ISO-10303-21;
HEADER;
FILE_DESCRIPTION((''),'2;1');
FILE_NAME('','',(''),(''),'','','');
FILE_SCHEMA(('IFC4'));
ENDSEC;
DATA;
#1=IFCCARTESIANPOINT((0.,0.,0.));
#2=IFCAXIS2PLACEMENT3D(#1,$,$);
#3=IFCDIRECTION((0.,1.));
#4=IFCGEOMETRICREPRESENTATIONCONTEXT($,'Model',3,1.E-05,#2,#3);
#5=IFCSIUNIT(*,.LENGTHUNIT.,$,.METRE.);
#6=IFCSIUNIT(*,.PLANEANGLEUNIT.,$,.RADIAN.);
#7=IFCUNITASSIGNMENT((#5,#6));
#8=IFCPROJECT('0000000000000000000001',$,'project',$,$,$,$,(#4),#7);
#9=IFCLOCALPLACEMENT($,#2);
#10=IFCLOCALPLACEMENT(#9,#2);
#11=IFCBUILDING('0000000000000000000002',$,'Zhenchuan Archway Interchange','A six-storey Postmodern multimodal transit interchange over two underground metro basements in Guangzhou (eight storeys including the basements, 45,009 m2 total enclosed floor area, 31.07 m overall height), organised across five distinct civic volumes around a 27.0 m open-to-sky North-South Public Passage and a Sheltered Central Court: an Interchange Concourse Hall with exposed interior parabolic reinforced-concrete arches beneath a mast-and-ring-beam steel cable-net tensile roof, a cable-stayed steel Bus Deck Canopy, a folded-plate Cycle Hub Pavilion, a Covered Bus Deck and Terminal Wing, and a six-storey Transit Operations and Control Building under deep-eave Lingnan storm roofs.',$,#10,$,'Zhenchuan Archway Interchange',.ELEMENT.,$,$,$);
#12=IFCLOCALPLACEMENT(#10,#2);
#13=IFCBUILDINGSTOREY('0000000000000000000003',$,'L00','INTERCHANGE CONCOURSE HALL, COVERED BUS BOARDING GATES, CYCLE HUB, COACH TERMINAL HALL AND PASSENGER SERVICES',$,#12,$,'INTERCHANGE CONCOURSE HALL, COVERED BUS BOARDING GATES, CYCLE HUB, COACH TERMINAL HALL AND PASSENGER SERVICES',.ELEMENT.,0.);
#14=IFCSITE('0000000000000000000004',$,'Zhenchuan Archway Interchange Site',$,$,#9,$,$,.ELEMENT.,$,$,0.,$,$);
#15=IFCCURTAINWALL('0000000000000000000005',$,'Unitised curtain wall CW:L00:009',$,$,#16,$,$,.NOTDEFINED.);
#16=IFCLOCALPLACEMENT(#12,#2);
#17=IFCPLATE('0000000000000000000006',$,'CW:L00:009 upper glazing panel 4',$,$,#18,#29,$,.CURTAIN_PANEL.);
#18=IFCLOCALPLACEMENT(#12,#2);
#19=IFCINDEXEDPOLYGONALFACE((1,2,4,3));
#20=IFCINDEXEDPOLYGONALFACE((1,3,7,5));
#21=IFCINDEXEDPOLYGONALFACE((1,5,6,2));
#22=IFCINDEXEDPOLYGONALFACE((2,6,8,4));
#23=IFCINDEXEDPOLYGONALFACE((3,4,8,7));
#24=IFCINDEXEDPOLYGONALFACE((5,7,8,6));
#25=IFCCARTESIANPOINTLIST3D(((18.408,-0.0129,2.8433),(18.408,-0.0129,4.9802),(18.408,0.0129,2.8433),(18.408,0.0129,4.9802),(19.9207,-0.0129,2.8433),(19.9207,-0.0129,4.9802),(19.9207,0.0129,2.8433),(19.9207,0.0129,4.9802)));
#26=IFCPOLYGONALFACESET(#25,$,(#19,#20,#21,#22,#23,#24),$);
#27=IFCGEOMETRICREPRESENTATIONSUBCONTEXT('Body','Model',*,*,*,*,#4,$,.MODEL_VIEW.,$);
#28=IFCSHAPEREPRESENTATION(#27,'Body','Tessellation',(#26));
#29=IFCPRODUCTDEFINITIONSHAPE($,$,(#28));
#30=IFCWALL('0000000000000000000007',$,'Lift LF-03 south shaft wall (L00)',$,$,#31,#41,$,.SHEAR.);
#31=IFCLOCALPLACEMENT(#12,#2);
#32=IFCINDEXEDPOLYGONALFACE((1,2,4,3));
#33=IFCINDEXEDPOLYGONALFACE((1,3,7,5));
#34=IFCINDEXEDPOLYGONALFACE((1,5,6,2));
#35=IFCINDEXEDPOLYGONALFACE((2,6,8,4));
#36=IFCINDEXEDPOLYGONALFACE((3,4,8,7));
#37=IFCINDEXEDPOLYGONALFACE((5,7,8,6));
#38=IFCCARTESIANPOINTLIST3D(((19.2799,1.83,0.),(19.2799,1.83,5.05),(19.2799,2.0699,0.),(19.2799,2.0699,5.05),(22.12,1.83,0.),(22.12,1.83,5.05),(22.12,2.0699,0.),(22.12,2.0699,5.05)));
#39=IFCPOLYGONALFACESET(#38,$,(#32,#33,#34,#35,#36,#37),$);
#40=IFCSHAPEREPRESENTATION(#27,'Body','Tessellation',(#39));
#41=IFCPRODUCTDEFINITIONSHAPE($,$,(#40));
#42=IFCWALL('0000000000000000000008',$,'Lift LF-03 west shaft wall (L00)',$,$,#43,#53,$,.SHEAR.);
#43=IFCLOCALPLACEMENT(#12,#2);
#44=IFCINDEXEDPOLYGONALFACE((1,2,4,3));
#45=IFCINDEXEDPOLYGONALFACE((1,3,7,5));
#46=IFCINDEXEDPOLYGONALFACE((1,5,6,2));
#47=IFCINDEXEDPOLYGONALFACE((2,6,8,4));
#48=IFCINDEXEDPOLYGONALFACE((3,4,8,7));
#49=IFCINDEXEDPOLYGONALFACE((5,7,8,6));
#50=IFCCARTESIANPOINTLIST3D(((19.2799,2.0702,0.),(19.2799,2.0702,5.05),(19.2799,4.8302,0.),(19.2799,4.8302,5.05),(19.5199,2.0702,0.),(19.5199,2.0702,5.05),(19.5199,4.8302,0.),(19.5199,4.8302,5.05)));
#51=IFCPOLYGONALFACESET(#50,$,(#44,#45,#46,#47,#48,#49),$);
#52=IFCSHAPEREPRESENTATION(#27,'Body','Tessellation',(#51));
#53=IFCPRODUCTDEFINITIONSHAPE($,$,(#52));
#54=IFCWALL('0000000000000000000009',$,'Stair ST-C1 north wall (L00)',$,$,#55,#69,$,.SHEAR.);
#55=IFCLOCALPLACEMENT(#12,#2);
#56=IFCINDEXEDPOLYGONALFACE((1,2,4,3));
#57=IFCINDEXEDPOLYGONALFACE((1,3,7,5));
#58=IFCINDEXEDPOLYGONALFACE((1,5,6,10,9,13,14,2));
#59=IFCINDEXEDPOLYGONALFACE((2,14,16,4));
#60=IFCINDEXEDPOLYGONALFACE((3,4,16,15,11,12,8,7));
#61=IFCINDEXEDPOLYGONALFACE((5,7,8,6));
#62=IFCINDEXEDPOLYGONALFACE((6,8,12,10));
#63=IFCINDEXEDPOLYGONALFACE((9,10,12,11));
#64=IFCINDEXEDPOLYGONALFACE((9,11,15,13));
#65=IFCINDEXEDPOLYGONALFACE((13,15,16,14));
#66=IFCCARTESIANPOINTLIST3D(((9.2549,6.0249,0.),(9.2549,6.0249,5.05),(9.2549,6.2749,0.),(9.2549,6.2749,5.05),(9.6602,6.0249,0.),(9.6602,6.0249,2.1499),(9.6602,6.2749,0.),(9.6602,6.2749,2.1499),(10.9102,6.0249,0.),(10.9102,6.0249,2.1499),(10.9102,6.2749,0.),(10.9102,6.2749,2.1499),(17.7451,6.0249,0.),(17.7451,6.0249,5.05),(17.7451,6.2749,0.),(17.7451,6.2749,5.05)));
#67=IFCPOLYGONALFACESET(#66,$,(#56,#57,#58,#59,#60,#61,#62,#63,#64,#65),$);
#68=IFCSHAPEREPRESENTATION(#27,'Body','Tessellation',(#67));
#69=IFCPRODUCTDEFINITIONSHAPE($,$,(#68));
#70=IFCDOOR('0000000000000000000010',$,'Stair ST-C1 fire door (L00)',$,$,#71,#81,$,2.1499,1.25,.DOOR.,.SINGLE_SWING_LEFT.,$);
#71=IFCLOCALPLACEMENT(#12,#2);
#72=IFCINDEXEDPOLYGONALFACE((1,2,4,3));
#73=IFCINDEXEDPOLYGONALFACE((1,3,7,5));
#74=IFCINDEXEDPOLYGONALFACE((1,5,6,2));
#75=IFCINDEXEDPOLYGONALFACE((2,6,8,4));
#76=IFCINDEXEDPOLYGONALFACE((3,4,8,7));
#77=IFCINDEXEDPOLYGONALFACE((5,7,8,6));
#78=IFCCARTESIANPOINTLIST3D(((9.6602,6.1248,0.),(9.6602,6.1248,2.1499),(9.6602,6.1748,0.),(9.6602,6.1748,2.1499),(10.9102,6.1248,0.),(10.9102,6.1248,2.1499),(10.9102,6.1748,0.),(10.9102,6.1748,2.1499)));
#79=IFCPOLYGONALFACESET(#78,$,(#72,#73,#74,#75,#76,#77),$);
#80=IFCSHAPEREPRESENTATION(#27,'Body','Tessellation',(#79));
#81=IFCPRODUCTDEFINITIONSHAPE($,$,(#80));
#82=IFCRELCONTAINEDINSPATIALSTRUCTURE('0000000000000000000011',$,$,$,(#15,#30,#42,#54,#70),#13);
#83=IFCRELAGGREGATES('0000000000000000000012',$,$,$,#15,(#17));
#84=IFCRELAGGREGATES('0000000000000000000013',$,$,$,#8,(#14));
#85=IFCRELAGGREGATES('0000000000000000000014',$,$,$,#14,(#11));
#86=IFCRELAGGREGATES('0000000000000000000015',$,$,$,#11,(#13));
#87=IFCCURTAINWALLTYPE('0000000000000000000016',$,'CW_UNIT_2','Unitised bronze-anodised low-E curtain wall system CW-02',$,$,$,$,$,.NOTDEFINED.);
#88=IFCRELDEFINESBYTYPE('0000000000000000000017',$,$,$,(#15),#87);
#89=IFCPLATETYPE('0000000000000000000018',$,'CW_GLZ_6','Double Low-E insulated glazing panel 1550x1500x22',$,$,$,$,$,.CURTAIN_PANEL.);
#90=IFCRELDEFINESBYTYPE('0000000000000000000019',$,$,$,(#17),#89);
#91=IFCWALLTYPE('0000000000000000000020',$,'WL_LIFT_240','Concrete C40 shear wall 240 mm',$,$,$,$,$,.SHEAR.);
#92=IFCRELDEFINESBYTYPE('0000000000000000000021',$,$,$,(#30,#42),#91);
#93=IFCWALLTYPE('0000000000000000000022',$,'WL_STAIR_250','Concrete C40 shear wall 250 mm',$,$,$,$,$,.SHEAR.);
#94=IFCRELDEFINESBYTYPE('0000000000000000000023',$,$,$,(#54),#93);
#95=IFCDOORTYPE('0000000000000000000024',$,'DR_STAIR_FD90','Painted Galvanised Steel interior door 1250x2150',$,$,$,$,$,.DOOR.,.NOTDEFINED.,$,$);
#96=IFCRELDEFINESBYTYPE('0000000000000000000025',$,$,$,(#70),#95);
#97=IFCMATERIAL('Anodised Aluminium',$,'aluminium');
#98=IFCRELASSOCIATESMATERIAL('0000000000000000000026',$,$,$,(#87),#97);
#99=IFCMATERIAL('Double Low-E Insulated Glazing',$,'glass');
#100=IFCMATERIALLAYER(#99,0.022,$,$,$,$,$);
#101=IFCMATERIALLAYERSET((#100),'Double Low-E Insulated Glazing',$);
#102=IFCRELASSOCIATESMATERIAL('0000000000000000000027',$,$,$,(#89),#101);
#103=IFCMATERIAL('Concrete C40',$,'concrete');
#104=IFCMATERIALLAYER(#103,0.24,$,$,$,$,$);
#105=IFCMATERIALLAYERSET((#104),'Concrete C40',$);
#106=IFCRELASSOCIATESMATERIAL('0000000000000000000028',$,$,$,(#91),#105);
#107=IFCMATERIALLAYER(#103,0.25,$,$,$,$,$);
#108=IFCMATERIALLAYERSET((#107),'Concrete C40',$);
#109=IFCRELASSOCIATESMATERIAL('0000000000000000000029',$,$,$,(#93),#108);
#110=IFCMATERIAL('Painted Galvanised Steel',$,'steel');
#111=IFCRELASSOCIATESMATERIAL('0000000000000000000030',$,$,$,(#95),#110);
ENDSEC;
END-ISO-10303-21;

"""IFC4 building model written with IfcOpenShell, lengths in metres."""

from ifc_helpers import new_model, si_unit, direction, frame, frame_2d, origin, origin_2d, place, context, subcontext, project, spatial, rectangle, extrude, material, layer, layer_set, type_object, element, fill, aggregate, save


model = new_model("IFC4")

# Units and contexts
model_context = context("Model", 3, precision=1e-05, world=origin(), true_north=direction((0.0, 1.0)))
body_context = subcontext(model_context, "Body", "Model", "MODEL_VIEW")
ifc_project = project(units=[si_unit("LENGTHUNIT", "METRE"), si_unit("PLANEANGLEUNIT", "RADIAN")], contexts=[model_context])

# Site, building, storey
site_placement = place(None, origin())
site = spatial("IfcSite", under=ifc_project, at=site_placement, Name="Zhenchuan Archway Interchange Site", CompositionType="ELEMENT", RefElevation=0.0)
building_placement = place(site_placement, origin())
building = spatial("IfcBuilding", under=site, at=building_placement, Name="Zhenchuan Archway Interchange", Description="A six-storey Postmodern multimodal transit interchange over two underground metro basements in Guangzhou (eight storeys including the basements, 45,009 m2 total enclosed floor area, 31.07 m overall height), organised across five distinct civic volumes around a 27.0 m open-to-sky North-South Public Passage and a Sheltered Central Court: an Interchange Concourse Hall with exposed interior parabolic reinforced-concrete arches beneath a mast-and-ring-beam steel cable-net tensile roof, a cable-stayed steel Bus Deck Canopy, a folded-plate Cycle Hub Pavilion, a Covered Bus Deck and Terminal Wing, and a six-storey Transit Operations and Control Building under deep-eave Lingnan storm roofs.", LongName="Zhenchuan Archway Interchange", CompositionType="ELEMENT")
storey_placement = place(building_placement, origin())
storey = spatial("IfcBuildingStorey", under=building, at=storey_placement, Name="L00", Description="INTERCHANGE CONCOURSE HALL, COVERED BUS BOARDING GATES, CYCLE HUB, COACH TERMINAL HALL AND PASSENGER SERVICES", LongName="INTERCHANGE CONCOURSE HALL, COVERED BUS BOARDING GATES, CYCLE HUB, COACH TERMINAL HALL AND PASSENGER SERVICES", CompositionType="ELEMENT", Elevation=0.0)

# Shared definitions
ifc_material_1 = material(Name="Concrete C40", Category="concrete")

# Curtain wall
ifc_material_2 = material(Name="Anodised Aluminium", Category="aluminium")
curtain_wall_type = type_object("IfcCurtainWallType", Name="CW_UNIT_2", Description="Unitised bronze-anodised low-E curtain wall system CW-02", PredefinedType="NOTDEFINED", material=ifc_material_2)
curtain_wall_placement = place(storey_placement, origin())
curtain_wall = element("IfcCurtainWall", 1, at=curtain_wall_placement, inside=storey, type_object=curtain_wall_type, Name="Unitised curtain wall CW:L00:009", PredefinedType="NOTDEFINED")

# Plate
ifc_material_3 = material(Name="Double Low-E Insulated Glazing", Category="glass")
ifc_layer_1 = layer(ifc_material_3, 0.022)
ifc_layer_set_1 = layer_set([ifc_layer_1], Name="Double Low-E Insulated Glazing")
plate_type_1 = type_object("IfcPlateType", Name="CW_GLZ_6", Description="Double Low-E insulated glazing panel 1550x1500x22", PredefinedType="CURTAIN_PANEL", material=ifc_layer_set_1)
plate_1_placement = place(storey_placement, frame((19.1643, 0.0, 2.8433), z_axis=(0.0, 0.0, 1.0), x_axis=(-1.0, 0.0, 0.0)))
plate_1 = element("IfcPlate", 2, at=plate_1_placement, type_object=plate_type_1, Name="CW:L00:009 upper glazing panel 4", PredefinedType="CURTAIN_PANEL", context=body_context, shape_type="SweptSolid", body=[
    extrude(rectangle(XDim=1.5127, YDim=0.0259, at=origin_2d()), origin(), (0.0, 0.0, 1.0), 2.137),
])
aggregate(curtain_wall, [plate_1])

# Walls
ifc_layer_2 = layer(ifc_material_1, 0.24)
ifc_layer_set_2 = layer_set([ifc_layer_2], Name="Concrete C40")
wall_type_1 = type_object("IfcWallType", Name="WL_LIFT_240", Description="Concrete C40 shear wall 240 mm", PredefinedType="SHEAR", material=ifc_layer_set_2)
wall_1_placement = place(storey_placement, frame((19.28, 1.95, 0.0), z_axis=(0.0, 0.0, 1.0), x_axis=(1.0, 0.0, 0.0)))
element("IfcWall", 3, at=wall_1_placement, inside=storey, type_object=wall_type_1, Name="Lift LF-03 south shaft wall (L00)", PredefinedType="SHEAR", context=body_context, shape_type="SweptSolid", body=[
    extrude(rectangle(XDim=2.8401, YDim=0.24, at=frame_2d((1.4199, 0.0))), origin(), (0.0, 0.0, 1.0), 5.05),
])
wall_2_placement = place(storey_placement, frame((19.3999, 4.8301, 0.0), z_axis=(0.0, 0.0, 1.0), x_axis=(0.0, -1.0, 0.0)))
element("IfcWall", 4, at=wall_2_placement, inside=storey, type_object=wall_type_1, Name="Lift LF-03 west shaft wall (L00)", PredefinedType="SHEAR", context=body_context, shape_type="SweptSolid", body=[
    extrude(rectangle(XDim=2.76, YDim=0.24, at=frame_2d((1.3799, 0.0))), origin(), (0.0, 0.0, 1.0), 5.05),
])

# Wall, opening, door
ifc_layer_3 = layer(ifc_material_1, 0.25)
ifc_layer_set_3 = layer_set([ifc_layer_3], Name="Concrete C40")
wall_type_2 = type_object("IfcWallType", Name="WL_STAIR_250", Description="Concrete C40 shear wall 250 mm", PredefinedType="SHEAR", material=ifc_layer_set_3)
wall_3_placement = place(storey_placement, frame((17.7451, 6.1499, 0.0), z_axis=(0.0, 0.0, 1.0), x_axis=(-1.0, 0.0, 0.0)))
wall_3 = element("IfcWall", 5, at=wall_3_placement, inside=storey, type_object=wall_type_2, Name="Stair ST-C1 north wall (L00)", PredefinedType="SHEAR", context=body_context, shape_type="SweptSolid", body=[
    extrude(rectangle(XDim=8.4902, YDim=0.25, at=frame_2d((4.2451, 0.0))), origin(), (0.0, 0.0, 1.0), 5.05),
])
opening_placement = place(wall_3_placement, frame((6.835, 0.0, 0.0)))
opening = element("IfcOpeningElement", 6, at=opening_placement, cuts=wall_3, PredefinedType="OPENING", context=body_context, shape_type="SweptSolid", body=[
    extrude(rectangle(XDim=1.25, YDim=2.1499, at=frame_2d((0.625, 1.075))), frame((0.0, 0.137, 0.0), z_axis=(0.0, -1.0, 0.0), x_axis=(1.0, 0.0, 0.0)), (0.0, 0.0, 1.0), 0.2739),
])
ifc_material_4 = material(Name="Painted Galvanised Steel", Category="steel")
door_type = type_object("IfcDoorType", Name="DR_STAIR_FD90", Description="Painted Galvanised Steel interior door 1250x2150", OperationType="NOTDEFINED", PredefinedType="DOOR", material=ifc_material_4)
door_placement = place(opening_placement, frame((1.25, 0.0, 0.0), z_axis=(0.0, 0.0, 1.0), x_axis=(-1.0, 0.0, 0.0)))
door = element("IfcDoor", 7, at=door_placement, inside=storey, type_object=door_type, Name="Stair ST-C1 fire door (L00)", OperationType="SINGLE_SWING_LEFT", OverallHeight=2.1499, OverallWidth=1.25, PredefinedType="DOOR", context=body_context, shape_type="SweptSolid", body=[
    extrude(rectangle(XDim=1.25, YDim=2.1499, at=frame_2d((0.625, 1.075))), frame((0.0, 0.0249, 0.0), z_axis=(0.0, -1.0, 0.0), x_axis=(1.0, 0.0, 0.0)), (0.0, 0.0, 1.0), 0.05),
])
fill(opening, door)

save(model, "model.ifc")
